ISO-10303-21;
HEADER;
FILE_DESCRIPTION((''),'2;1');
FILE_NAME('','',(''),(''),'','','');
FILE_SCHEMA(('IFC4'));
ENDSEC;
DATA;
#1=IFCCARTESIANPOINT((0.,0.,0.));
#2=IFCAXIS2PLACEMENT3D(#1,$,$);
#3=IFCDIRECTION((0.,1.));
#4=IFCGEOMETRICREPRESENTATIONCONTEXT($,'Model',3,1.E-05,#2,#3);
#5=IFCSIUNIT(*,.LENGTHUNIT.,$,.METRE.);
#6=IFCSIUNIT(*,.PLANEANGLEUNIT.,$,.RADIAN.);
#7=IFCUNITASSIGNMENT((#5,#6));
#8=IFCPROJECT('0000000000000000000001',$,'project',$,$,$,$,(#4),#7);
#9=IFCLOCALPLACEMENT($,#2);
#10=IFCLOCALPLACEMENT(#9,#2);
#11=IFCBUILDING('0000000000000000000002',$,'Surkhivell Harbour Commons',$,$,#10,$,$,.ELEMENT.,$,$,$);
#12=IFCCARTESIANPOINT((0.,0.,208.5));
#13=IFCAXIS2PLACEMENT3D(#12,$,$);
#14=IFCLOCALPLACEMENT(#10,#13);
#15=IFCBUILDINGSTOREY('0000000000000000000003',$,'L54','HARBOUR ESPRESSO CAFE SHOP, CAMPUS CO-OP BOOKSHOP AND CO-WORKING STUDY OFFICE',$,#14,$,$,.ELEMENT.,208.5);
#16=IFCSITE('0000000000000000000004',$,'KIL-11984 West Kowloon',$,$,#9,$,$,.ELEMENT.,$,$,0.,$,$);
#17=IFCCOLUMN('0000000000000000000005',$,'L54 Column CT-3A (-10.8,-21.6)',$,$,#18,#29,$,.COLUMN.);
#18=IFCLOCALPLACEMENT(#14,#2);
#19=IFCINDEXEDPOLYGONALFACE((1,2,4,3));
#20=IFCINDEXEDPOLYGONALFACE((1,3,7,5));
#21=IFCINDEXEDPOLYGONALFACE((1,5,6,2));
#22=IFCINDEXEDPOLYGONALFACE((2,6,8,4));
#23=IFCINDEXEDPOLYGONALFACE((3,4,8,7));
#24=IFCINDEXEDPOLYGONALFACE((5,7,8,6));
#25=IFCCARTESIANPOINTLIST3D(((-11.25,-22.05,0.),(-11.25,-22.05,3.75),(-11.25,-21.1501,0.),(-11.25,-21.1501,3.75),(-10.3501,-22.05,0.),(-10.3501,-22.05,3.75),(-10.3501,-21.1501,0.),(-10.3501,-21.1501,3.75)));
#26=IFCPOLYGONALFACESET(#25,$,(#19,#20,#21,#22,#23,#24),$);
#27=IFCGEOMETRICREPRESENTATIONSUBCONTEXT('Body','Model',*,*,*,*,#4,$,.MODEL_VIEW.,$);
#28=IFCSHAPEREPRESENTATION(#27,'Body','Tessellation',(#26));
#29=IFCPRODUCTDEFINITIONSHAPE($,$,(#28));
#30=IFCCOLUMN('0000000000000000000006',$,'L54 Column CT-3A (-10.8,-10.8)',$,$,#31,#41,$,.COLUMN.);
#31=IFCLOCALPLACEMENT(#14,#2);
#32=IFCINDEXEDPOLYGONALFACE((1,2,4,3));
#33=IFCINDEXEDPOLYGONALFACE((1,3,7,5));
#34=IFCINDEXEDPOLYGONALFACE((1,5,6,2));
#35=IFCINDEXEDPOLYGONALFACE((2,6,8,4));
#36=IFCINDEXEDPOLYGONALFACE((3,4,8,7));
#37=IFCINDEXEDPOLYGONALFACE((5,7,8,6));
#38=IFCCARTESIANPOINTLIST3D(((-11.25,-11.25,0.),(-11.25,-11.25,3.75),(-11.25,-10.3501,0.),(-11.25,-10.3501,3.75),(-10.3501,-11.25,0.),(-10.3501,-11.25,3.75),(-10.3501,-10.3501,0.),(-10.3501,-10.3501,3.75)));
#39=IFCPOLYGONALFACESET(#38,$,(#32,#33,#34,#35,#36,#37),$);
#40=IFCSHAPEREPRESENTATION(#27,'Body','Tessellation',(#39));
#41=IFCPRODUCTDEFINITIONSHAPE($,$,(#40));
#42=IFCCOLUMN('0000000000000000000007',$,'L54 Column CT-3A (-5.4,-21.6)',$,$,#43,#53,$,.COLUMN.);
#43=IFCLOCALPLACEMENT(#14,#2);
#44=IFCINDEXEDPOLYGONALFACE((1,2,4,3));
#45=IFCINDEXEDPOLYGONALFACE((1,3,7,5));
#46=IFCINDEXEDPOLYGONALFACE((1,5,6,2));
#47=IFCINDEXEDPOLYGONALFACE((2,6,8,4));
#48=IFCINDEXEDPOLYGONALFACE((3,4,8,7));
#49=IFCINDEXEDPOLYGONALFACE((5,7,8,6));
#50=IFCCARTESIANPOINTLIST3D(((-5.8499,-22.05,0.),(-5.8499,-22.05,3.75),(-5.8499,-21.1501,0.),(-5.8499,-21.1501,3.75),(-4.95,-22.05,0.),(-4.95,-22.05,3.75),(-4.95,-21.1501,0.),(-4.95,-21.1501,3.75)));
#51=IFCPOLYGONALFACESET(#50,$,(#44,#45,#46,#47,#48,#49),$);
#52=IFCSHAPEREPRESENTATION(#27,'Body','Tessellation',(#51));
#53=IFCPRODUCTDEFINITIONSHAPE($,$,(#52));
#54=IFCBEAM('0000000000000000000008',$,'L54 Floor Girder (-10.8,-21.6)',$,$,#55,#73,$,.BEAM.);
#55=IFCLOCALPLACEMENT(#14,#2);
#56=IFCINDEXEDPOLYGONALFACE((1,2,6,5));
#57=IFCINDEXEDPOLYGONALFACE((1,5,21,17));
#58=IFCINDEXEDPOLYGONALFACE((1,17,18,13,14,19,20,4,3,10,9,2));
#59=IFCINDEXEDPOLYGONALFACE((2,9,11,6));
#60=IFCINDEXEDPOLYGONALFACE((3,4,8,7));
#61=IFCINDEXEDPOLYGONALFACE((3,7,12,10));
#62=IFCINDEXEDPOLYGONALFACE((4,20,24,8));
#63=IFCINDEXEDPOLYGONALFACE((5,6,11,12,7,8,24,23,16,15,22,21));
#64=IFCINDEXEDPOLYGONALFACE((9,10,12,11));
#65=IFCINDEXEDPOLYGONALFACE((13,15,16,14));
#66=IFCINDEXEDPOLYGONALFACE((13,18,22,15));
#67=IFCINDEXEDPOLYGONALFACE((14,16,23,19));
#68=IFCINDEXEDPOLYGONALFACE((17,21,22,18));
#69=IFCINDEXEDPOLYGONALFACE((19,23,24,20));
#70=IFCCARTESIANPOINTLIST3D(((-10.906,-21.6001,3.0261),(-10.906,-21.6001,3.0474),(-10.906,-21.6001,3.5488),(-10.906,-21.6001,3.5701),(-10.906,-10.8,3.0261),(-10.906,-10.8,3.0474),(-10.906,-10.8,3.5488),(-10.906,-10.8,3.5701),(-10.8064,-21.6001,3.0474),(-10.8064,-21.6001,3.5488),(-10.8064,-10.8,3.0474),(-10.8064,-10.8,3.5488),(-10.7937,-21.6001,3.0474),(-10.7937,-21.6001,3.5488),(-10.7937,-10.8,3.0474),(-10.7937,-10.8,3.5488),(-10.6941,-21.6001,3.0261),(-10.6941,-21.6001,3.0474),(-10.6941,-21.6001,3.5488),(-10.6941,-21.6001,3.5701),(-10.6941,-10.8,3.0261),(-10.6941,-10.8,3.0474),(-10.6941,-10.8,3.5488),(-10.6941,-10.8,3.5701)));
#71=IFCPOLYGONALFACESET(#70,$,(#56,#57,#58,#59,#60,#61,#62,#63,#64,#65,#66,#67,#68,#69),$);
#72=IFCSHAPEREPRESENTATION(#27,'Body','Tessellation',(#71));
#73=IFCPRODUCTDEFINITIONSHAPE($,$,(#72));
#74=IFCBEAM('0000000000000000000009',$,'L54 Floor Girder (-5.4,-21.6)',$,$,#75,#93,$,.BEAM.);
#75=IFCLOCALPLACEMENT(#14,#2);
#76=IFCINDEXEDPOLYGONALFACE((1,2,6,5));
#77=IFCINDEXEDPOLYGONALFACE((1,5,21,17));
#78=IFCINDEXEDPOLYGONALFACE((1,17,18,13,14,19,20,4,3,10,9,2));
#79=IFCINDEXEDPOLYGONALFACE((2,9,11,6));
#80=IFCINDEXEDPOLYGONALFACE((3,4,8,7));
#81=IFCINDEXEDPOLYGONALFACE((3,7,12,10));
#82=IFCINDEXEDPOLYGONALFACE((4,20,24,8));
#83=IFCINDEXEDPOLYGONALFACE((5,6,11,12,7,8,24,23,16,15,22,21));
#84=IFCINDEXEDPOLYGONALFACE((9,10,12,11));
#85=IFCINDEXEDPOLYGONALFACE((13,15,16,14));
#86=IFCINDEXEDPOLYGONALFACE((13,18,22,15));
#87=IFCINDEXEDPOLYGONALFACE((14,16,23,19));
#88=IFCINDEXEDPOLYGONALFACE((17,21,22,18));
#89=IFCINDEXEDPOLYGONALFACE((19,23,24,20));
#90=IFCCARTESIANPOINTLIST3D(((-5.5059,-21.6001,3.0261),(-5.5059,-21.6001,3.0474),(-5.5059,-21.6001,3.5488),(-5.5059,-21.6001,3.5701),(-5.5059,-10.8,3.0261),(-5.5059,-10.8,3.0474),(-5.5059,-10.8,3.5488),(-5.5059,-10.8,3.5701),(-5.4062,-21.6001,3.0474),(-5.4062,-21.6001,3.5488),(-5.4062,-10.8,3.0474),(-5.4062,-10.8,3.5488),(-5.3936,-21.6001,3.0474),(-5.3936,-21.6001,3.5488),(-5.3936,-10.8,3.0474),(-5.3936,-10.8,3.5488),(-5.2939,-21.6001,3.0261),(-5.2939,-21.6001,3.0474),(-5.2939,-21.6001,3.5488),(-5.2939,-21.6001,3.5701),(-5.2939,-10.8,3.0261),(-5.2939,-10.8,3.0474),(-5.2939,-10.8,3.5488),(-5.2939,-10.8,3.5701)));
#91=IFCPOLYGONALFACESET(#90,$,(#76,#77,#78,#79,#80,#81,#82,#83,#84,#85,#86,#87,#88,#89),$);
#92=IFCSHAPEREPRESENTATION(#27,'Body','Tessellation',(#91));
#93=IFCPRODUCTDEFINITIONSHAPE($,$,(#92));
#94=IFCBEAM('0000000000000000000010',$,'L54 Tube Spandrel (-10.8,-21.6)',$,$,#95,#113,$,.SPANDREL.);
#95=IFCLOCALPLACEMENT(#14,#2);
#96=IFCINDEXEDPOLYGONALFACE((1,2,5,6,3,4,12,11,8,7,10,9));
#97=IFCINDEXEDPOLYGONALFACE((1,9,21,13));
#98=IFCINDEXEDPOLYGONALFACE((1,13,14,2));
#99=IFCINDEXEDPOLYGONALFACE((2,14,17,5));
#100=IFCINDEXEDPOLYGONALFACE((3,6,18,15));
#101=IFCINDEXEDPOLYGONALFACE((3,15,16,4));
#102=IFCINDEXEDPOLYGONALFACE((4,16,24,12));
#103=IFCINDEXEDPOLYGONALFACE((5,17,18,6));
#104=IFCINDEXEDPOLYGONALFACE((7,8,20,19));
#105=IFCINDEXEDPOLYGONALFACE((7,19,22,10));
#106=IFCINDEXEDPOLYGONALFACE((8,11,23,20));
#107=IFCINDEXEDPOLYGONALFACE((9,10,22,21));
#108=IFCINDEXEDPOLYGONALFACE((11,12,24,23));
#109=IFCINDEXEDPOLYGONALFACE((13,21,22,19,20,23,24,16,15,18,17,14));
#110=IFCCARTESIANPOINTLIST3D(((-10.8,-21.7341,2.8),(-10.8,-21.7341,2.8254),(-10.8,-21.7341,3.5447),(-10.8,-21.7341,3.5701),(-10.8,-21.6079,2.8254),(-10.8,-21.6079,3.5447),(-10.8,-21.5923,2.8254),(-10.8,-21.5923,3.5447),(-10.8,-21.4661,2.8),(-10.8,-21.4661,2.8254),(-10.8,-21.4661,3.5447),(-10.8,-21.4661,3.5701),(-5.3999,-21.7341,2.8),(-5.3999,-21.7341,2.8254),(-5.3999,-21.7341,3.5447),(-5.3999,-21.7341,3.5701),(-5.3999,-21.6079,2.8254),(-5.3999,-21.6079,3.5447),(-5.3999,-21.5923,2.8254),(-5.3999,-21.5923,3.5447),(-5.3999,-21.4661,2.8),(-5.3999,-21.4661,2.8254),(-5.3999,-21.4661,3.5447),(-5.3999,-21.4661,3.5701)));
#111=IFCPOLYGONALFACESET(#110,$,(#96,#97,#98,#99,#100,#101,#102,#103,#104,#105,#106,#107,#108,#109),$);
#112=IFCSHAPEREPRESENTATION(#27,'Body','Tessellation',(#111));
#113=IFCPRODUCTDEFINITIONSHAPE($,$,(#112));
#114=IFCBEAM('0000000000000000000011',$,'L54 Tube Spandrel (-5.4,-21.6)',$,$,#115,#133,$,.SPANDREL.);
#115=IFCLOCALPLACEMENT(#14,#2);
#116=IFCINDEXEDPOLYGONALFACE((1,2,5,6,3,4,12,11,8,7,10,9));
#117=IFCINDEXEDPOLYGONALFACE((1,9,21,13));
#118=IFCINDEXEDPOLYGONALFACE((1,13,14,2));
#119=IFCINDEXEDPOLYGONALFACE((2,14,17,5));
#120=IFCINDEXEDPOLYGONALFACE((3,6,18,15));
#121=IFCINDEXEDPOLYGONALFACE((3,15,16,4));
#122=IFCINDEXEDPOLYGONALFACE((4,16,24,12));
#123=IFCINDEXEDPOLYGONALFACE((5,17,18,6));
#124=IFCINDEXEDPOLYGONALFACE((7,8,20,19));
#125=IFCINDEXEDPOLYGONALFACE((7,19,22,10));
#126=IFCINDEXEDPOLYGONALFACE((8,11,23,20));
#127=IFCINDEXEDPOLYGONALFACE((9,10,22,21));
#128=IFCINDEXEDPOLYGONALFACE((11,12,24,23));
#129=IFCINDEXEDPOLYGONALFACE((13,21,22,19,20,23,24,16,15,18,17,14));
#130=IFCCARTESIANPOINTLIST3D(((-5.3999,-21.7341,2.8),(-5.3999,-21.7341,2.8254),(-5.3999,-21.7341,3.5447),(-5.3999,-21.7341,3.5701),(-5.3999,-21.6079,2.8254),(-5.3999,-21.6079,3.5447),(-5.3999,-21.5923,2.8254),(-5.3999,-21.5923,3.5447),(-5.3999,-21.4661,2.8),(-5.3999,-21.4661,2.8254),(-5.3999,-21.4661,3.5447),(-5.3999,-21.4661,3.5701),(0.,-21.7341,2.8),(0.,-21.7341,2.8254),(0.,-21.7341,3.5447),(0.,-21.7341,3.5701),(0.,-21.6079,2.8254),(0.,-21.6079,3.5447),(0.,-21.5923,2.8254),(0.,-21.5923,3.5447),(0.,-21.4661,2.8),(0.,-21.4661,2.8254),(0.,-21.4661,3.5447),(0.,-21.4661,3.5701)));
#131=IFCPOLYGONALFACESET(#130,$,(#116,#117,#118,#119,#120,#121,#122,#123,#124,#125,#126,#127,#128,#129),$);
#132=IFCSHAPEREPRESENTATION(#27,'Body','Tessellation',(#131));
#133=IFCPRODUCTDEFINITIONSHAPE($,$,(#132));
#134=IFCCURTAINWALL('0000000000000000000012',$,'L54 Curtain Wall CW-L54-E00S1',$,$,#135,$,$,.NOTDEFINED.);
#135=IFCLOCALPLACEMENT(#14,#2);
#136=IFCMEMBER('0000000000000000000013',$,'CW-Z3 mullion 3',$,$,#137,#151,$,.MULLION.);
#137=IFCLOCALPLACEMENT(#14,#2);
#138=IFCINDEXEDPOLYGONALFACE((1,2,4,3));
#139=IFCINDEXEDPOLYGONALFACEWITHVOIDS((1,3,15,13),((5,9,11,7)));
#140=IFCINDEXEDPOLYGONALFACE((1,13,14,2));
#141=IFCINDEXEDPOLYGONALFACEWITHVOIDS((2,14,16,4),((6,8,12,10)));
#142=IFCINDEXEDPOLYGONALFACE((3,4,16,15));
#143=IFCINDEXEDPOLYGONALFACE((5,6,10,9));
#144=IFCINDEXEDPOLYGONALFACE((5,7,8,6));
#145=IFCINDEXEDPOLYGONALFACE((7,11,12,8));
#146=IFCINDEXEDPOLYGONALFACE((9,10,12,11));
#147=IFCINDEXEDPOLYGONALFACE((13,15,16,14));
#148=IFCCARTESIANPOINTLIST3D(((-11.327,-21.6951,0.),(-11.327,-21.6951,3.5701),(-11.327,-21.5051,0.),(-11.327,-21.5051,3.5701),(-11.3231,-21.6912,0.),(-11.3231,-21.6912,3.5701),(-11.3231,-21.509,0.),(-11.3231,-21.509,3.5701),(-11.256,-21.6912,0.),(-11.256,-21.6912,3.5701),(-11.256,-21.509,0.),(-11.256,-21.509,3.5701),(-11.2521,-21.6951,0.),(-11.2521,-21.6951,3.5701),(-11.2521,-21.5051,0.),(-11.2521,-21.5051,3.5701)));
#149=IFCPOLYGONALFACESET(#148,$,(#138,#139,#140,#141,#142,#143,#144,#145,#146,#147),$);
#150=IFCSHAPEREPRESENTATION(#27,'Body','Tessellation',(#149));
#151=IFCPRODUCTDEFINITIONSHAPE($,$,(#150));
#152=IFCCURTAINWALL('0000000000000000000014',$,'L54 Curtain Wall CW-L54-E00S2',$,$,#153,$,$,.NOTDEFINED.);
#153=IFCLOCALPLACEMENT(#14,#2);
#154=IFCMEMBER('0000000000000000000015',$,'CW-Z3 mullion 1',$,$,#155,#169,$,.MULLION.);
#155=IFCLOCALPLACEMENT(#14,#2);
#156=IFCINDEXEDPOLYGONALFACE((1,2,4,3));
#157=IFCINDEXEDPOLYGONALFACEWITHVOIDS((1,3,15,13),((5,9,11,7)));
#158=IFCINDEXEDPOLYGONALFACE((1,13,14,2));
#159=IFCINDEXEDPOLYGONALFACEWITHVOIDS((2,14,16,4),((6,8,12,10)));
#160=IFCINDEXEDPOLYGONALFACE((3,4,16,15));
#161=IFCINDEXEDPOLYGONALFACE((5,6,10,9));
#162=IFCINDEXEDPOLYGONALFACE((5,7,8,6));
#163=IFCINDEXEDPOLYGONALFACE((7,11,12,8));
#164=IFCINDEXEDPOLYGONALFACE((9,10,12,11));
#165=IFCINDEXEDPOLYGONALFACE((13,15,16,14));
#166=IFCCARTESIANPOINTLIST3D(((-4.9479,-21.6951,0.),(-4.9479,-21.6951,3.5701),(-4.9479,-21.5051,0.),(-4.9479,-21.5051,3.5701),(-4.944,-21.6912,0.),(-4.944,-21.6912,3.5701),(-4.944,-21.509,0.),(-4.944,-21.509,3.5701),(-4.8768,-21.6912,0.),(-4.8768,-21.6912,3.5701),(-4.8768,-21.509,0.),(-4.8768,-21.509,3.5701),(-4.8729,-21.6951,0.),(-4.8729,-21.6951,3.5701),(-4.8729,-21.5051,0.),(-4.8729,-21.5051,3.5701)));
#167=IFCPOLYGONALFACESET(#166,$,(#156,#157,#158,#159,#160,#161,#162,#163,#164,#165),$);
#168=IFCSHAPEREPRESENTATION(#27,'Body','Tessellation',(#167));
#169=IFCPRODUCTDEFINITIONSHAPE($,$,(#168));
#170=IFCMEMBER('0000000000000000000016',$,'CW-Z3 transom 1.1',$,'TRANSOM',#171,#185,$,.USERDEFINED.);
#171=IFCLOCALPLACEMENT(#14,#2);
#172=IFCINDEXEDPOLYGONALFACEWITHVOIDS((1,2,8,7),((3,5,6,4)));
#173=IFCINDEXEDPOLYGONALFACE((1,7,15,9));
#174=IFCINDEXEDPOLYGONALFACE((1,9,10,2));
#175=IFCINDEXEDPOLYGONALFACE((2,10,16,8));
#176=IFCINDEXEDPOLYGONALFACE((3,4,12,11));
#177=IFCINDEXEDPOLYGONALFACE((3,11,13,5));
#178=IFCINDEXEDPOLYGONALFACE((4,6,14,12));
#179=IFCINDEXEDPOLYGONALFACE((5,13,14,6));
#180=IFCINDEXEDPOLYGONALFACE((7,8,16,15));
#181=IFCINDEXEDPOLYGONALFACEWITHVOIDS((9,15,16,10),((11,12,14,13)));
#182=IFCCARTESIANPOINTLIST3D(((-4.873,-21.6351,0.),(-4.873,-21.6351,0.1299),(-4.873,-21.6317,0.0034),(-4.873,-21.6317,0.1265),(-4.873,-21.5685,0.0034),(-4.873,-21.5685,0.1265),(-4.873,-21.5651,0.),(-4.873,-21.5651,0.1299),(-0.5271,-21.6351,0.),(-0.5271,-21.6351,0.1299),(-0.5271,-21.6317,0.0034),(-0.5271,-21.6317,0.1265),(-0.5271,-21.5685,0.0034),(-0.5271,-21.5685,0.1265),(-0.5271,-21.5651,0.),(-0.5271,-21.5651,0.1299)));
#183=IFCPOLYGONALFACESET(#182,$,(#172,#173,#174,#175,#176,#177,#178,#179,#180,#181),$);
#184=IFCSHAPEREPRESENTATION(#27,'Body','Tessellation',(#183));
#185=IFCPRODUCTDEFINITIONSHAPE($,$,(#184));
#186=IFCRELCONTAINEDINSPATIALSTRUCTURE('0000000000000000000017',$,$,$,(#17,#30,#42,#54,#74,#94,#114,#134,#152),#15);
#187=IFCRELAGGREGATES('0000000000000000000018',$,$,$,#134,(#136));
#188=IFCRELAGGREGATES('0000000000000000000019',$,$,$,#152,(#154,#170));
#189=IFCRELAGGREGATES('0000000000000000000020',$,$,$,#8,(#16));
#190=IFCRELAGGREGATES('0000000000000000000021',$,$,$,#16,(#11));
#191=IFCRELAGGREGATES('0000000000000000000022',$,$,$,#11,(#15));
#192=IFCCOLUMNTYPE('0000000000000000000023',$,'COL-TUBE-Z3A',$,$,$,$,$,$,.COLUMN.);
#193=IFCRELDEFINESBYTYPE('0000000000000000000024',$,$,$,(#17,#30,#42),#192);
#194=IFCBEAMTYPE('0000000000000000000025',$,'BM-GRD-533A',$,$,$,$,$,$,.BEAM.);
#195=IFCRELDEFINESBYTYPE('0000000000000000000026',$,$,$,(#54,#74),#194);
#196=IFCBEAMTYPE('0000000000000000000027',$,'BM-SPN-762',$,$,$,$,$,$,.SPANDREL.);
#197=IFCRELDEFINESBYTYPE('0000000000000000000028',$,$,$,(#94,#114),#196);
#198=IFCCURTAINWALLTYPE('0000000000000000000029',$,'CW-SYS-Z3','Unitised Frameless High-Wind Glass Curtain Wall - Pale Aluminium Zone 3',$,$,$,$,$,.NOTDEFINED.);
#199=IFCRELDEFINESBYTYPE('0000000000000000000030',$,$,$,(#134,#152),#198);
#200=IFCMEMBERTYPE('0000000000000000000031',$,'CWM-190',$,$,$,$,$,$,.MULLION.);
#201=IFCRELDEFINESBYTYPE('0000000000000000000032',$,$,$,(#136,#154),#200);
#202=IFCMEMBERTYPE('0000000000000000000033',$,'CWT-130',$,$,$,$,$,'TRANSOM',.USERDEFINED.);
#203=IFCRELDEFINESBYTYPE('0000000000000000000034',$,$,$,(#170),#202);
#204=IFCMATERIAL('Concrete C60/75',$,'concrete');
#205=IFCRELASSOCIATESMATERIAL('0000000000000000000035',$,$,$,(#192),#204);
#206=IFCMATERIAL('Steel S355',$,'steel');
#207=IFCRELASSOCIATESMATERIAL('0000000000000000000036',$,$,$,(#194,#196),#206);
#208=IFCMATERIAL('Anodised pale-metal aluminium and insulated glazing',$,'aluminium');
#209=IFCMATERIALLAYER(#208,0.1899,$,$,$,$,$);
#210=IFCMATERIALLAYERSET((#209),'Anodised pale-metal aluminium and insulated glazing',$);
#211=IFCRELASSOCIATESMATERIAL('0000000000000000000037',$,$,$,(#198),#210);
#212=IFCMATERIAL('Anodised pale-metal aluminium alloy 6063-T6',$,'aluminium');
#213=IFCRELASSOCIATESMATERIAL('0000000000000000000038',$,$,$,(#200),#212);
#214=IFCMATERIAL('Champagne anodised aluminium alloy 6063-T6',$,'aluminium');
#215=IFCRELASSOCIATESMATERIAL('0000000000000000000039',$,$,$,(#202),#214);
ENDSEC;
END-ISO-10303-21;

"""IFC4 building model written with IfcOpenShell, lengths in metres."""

from ifc_helpers import new_model, si_unit, direction, frame, origin, origin_2d, place, context, subcontext, project, spatial, rectangle, hollow_rectangle, i_section, extrude, material, layer, layer_set, material_profile, profile_set, type_object, element, aggregate, save


model = new_model("IFC4")

# Units and contexts
model_context = context("Model", 3, precision=1e-05, world=origin(), true_north=direction((0.0, 1.0)))
body_context = subcontext(model_context, "Body", "Model", "MODEL_VIEW")
ifc_project = project(units=[si_unit("LENGTHUNIT", "METRE"), si_unit("PLANEANGLEUNIT", "RADIAN")], contexts=[model_context])

# Site, building, storey
site_placement = place(None, origin())
site = spatial("IfcSite", under=ifc_project, at=site_placement, Name="KIL-11984 West Kowloon", CompositionType="ELEMENT", RefElevation=0.0)
building_placement = place(site_placement, origin())
building = spatial("IfcBuilding", under=site, at=building_placement, Name="Surkhivell Harbour Commons", CompositionType="ELEMENT")
storey_placement = place(building_placement, frame((0.0, 0.0, 208.5)))
storey = spatial("IfcBuildingStorey", under=building, at=storey_placement, Name="L54", Description="HARBOUR ESPRESSO CAFE SHOP, CAMPUS CO-OP BOOKSHOP AND CO-WORKING STUDY OFFICE", CompositionType="ELEMENT", Elevation=208.5)

# Columns
ifc_material_1 = material(Name="Concrete C60/75", Category="concrete")
ifc_material_profile_1 = material_profile(ifc_material_1, rectangle(XDim=0.8999, YDim=0.8999, at=origin_2d()), Name="RC-COL-900x900")
ifc_profile_set_1 = profile_set([ifc_material_profile_1], Name="Concrete C60/75")
column_type = type_object("IfcColumnType", Name="COL-TUBE-Z3A", PredefinedType="COLUMN", material=ifc_profile_set_1)
for number, where, z_axis, x_axis, name in (
    (1, (-10.8, -21.6001, 0.0), (0.0, 0.0, 1.0), (1.0, 0.0, 0.0), "L54 Column CT-3A (-10.8,-21.6)"),
    (2, (-10.8, -10.8, 0.0), (0.0, 0.0, 1.0), (1.0, 0.0, 0.0), "L54 Column CT-3A (-10.8,-10.8)"),
    (3, (-5.3999, -21.6001, 0.0), (0.0, 0.0, 1.0), (1.0, 0.0, 0.0), "L54 Column CT-3A (-5.4,-21.6)"),
):
    element("IfcColumn", number, at=place(storey_placement, frame(where, z_axis=z_axis, x_axis=x_axis)), inside=storey, type_object=column_type, Name=name, PredefinedType="COLUMN", context=body_context, shape_type="SweptSolid", body=[
        extrude(rectangle(XDim=0.8999, YDim=0.8999, at=origin_2d()), origin(), (0.0, 0.0, 1.0), 3.75),
    ])

# Beams
ifc_material_2 = material(Name="Steel S355", Category="steel")
ifc_material_profile_2 = material_profile(ifc_material_2, i_section(OverallWidth=0.2119, OverallDepth=0.5439, WebThickness=0.0127, FlangeThickness=0.0212, at=origin_2d()), Name="UB533x210x122")
ifc_profile_set_2 = profile_set([ifc_material_profile_2], Name="Steel S355")
beam_type_1 = type_object("IfcBeamType", Name="BM-GRD-533A", PredefinedType="BEAM", material=ifc_profile_set_2)
for number, where, z_axis, x_axis, name in (
    (4, (-10.8, -21.6001, 3.2981), (0.0, 1.0, 0.0), (-1.0, 0.0, 0.0), "L54 Floor Girder (-10.8,-21.6)"),
    (5, (-5.3999, -21.6001, 3.2981), (0.0, 1.0, 0.0), (-1.0, 0.0, 0.0), "L54 Floor Girder (-5.4,-21.6)"),
):
    element("IfcBeam", number, at=place(storey_placement, frame(where, z_axis=z_axis, x_axis=x_axis)), inside=storey, type_object=beam_type_1, Name=name, PredefinedType="BEAM", context=body_context, shape_type="SweptSolid", body=[
        extrude(i_section(OverallWidth=0.2119, OverallDepth=0.5439, WebThickness=0.0127, FlangeThickness=0.0212, at=origin_2d()), origin(), (0.0, 0.0, 1.0), 10.8),
    ])
ifc_material_profile_3 = material_profile(ifc_material_2, i_section(OverallWidth=0.2681, OverallDepth=0.77, WebThickness=0.0156, FlangeThickness=0.0254, at=origin_2d()), Name="UB762x267x197")
ifc_profile_set_3 = profile_set([ifc_material_profile_3], Name="Steel S355")
beam_type_2 = type_object("IfcBeamType", Name="BM-SPN-762", PredefinedType="SPANDREL", material=ifc_profile_set_3)
beam_1_placement = place(storey_placement, frame((-10.8, -21.6001, 3.1851), z_axis=(1.0, 0.0, 0.0), x_axis=(0.0, 1.0, 0.0)))
element("IfcBeam", 6, at=beam_1_placement, inside=storey, type_object=beam_type_2, Name="L54 Tube Spandrel (-10.8,-21.6)", PredefinedType="SPANDREL", context=body_context, shape_type="SweptSolid", body=[
    extrude(i_section(OverallWidth=0.2681, OverallDepth=0.77, WebThickness=0.0156, FlangeThickness=0.0254, at=origin_2d()), origin(), (0.0, 0.0, 1.0), 5.4001),
])
beam_2_placement = place(storey_placement, frame((-5.3999, -21.6001, 3.1851), z_axis=(1.0, 0.0, 0.0), x_axis=(0.0, 1.0, 0.0)))
element("IfcBeam", 7, at=beam_2_placement, inside=storey, type_object=beam_type_2, Name="L54 Tube Spandrel (-5.4,-21.6)", PredefinedType="SPANDREL", context=body_context, shape_type="SweptSolid", body=[
    extrude(i_section(OverallWidth=0.2681, OverallDepth=0.77, WebThickness=0.0156, FlangeThickness=0.0254, at=origin_2d()), origin(), (0.0, 0.0, 1.0), 5.3999),
])

# Curtain wall, member
ifc_material_3 = material(Name="Anodised pale-metal aluminium and insulated glazing", Category="aluminium")
ifc_layer_1 = layer(ifc_material_3, 0.1899)
ifc_layer_set_1 = layer_set([ifc_layer_1], Name="Anodised pale-metal aluminium and insulated glazing")
curtain_wall_type = type_object("IfcCurtainWallType", Name="CW-SYS-Z3", Description="Unitised Frameless High-Wind Glass Curtain Wall - Pale Aluminium Zone 3", PredefinedType="NOTDEFINED", material=ifc_layer_set_1)
curtain_wall_1_placement = place(storey_placement, origin())
curtain_wall_1 = element("IfcCurtainWall", 8, at=curtain_wall_1_placement, inside=storey, type_object=curtain_wall_type, Name="L54 Curtain Wall CW-L54-E00S1", PredefinedType="NOTDEFINED")
ifc_material_4 = material(Name="Anodised pale-metal aluminium alloy 6063-T6", Category="aluminium")
ifc_material_profile_4 = material_profile(ifc_material_4, hollow_rectangle(XDim=0.075, YDim=0.1899, WallThickness=0.0039, at=origin_2d()), Name="ALU-MULL-75x190")
ifc_profile_set_4 = profile_set([ifc_material_profile_4], Name="Anodised pale-metal aluminium alloy 6063-T6")
member_type_1 = type_object("IfcMemberType", Name="CWM-190", PredefinedType="MULLION", material=ifc_profile_set_4)
member_1_placement = place(storey_placement, frame((-11.2896, -21.6001, 0.0), z_axis=(0.0, 0.0, 1.0), x_axis=(1.0, 0.0, 0.0)))
member_1 = element("IfcMember", 9, at=member_1_placement, type_object=member_type_1, Name="CW-Z3 mullion 3", PredefinedType="MULLION", context=body_context, shape_type="SweptSolid", body=[
    extrude(hollow_rectangle(XDim=0.075, YDim=0.1899, WallThickness=0.0039, at=origin_2d()), origin(), (0.0, 0.0, 1.0), 3.5701),
])
aggregate(curtain_wall_1, [member_1])

# Curtain wall, members
curtain_wall_2_placement = place(storey_placement, origin())
curtain_wall_2 = element("IfcCurtainWall", 10, at=curtain_wall_2_placement, inside=storey, type_object=curtain_wall_type, Name="L54 Curtain Wall CW-L54-E00S2", PredefinedType="NOTDEFINED")
member_2_placement = place(storey_placement, frame((-4.9104, -21.6001, 0.0), z_axis=(0.0, 0.0, 1.0), x_axis=(1.0, 0.0, 0.0)))
member_2 = element("IfcMember", 11, at=member_2_placement, type_object=member_type_1, Name="CW-Z3 mullion 1", PredefinedType="MULLION", context=body_context, shape_type="SweptSolid", body=[
    extrude(hollow_rectangle(XDim=0.075, YDim=0.1899, WallThickness=0.0039, at=origin_2d()), origin(), (0.0, 0.0, 1.0), 3.5701),
])
ifc_material_5 = material(Name="Champagne anodised aluminium alloy 6063-T6", Category="aluminium")
ifc_material_profile_5 = material_profile(ifc_material_5, hollow_rectangle(XDim=0.0701, YDim=0.1299, WallThickness=0.0034, at=origin_2d()), Name="ALU-TRAN-70x130")
ifc_profile_set_5 = profile_set([ifc_material_profile_5], Name="Champagne anodised aluminium alloy 6063-T6")
member_type_2 = type_object("IfcMemberType", Name="CWT-130", ElementType="TRANSOM", PredefinedType="USERDEFINED", material=ifc_profile_set_5)
member_3_placement = place(storey_placement, frame((-4.873, -21.6001, 0.0649), z_axis=(1.0, 0.0, 0.0), x_axis=(0.0, 1.0, 0.0)))
member_3 = element("IfcMember", 12, at=member_3_placement, type_object=member_type_2, Name="CW-Z3 transom 1.1", ObjectType="TRANSOM", PredefinedType="USERDEFINED", context=body_context, shape_type="SweptSolid", body=[
    extrude(hollow_rectangle(XDim=0.0701, YDim=0.1299, WallThickness=0.0034, at=origin_2d()), origin(), (0.0, 0.0, 1.0), 4.3459),
])

aggregate(curtain_wall_2, [member_2, member_3])

save(model, "model.ifc")
